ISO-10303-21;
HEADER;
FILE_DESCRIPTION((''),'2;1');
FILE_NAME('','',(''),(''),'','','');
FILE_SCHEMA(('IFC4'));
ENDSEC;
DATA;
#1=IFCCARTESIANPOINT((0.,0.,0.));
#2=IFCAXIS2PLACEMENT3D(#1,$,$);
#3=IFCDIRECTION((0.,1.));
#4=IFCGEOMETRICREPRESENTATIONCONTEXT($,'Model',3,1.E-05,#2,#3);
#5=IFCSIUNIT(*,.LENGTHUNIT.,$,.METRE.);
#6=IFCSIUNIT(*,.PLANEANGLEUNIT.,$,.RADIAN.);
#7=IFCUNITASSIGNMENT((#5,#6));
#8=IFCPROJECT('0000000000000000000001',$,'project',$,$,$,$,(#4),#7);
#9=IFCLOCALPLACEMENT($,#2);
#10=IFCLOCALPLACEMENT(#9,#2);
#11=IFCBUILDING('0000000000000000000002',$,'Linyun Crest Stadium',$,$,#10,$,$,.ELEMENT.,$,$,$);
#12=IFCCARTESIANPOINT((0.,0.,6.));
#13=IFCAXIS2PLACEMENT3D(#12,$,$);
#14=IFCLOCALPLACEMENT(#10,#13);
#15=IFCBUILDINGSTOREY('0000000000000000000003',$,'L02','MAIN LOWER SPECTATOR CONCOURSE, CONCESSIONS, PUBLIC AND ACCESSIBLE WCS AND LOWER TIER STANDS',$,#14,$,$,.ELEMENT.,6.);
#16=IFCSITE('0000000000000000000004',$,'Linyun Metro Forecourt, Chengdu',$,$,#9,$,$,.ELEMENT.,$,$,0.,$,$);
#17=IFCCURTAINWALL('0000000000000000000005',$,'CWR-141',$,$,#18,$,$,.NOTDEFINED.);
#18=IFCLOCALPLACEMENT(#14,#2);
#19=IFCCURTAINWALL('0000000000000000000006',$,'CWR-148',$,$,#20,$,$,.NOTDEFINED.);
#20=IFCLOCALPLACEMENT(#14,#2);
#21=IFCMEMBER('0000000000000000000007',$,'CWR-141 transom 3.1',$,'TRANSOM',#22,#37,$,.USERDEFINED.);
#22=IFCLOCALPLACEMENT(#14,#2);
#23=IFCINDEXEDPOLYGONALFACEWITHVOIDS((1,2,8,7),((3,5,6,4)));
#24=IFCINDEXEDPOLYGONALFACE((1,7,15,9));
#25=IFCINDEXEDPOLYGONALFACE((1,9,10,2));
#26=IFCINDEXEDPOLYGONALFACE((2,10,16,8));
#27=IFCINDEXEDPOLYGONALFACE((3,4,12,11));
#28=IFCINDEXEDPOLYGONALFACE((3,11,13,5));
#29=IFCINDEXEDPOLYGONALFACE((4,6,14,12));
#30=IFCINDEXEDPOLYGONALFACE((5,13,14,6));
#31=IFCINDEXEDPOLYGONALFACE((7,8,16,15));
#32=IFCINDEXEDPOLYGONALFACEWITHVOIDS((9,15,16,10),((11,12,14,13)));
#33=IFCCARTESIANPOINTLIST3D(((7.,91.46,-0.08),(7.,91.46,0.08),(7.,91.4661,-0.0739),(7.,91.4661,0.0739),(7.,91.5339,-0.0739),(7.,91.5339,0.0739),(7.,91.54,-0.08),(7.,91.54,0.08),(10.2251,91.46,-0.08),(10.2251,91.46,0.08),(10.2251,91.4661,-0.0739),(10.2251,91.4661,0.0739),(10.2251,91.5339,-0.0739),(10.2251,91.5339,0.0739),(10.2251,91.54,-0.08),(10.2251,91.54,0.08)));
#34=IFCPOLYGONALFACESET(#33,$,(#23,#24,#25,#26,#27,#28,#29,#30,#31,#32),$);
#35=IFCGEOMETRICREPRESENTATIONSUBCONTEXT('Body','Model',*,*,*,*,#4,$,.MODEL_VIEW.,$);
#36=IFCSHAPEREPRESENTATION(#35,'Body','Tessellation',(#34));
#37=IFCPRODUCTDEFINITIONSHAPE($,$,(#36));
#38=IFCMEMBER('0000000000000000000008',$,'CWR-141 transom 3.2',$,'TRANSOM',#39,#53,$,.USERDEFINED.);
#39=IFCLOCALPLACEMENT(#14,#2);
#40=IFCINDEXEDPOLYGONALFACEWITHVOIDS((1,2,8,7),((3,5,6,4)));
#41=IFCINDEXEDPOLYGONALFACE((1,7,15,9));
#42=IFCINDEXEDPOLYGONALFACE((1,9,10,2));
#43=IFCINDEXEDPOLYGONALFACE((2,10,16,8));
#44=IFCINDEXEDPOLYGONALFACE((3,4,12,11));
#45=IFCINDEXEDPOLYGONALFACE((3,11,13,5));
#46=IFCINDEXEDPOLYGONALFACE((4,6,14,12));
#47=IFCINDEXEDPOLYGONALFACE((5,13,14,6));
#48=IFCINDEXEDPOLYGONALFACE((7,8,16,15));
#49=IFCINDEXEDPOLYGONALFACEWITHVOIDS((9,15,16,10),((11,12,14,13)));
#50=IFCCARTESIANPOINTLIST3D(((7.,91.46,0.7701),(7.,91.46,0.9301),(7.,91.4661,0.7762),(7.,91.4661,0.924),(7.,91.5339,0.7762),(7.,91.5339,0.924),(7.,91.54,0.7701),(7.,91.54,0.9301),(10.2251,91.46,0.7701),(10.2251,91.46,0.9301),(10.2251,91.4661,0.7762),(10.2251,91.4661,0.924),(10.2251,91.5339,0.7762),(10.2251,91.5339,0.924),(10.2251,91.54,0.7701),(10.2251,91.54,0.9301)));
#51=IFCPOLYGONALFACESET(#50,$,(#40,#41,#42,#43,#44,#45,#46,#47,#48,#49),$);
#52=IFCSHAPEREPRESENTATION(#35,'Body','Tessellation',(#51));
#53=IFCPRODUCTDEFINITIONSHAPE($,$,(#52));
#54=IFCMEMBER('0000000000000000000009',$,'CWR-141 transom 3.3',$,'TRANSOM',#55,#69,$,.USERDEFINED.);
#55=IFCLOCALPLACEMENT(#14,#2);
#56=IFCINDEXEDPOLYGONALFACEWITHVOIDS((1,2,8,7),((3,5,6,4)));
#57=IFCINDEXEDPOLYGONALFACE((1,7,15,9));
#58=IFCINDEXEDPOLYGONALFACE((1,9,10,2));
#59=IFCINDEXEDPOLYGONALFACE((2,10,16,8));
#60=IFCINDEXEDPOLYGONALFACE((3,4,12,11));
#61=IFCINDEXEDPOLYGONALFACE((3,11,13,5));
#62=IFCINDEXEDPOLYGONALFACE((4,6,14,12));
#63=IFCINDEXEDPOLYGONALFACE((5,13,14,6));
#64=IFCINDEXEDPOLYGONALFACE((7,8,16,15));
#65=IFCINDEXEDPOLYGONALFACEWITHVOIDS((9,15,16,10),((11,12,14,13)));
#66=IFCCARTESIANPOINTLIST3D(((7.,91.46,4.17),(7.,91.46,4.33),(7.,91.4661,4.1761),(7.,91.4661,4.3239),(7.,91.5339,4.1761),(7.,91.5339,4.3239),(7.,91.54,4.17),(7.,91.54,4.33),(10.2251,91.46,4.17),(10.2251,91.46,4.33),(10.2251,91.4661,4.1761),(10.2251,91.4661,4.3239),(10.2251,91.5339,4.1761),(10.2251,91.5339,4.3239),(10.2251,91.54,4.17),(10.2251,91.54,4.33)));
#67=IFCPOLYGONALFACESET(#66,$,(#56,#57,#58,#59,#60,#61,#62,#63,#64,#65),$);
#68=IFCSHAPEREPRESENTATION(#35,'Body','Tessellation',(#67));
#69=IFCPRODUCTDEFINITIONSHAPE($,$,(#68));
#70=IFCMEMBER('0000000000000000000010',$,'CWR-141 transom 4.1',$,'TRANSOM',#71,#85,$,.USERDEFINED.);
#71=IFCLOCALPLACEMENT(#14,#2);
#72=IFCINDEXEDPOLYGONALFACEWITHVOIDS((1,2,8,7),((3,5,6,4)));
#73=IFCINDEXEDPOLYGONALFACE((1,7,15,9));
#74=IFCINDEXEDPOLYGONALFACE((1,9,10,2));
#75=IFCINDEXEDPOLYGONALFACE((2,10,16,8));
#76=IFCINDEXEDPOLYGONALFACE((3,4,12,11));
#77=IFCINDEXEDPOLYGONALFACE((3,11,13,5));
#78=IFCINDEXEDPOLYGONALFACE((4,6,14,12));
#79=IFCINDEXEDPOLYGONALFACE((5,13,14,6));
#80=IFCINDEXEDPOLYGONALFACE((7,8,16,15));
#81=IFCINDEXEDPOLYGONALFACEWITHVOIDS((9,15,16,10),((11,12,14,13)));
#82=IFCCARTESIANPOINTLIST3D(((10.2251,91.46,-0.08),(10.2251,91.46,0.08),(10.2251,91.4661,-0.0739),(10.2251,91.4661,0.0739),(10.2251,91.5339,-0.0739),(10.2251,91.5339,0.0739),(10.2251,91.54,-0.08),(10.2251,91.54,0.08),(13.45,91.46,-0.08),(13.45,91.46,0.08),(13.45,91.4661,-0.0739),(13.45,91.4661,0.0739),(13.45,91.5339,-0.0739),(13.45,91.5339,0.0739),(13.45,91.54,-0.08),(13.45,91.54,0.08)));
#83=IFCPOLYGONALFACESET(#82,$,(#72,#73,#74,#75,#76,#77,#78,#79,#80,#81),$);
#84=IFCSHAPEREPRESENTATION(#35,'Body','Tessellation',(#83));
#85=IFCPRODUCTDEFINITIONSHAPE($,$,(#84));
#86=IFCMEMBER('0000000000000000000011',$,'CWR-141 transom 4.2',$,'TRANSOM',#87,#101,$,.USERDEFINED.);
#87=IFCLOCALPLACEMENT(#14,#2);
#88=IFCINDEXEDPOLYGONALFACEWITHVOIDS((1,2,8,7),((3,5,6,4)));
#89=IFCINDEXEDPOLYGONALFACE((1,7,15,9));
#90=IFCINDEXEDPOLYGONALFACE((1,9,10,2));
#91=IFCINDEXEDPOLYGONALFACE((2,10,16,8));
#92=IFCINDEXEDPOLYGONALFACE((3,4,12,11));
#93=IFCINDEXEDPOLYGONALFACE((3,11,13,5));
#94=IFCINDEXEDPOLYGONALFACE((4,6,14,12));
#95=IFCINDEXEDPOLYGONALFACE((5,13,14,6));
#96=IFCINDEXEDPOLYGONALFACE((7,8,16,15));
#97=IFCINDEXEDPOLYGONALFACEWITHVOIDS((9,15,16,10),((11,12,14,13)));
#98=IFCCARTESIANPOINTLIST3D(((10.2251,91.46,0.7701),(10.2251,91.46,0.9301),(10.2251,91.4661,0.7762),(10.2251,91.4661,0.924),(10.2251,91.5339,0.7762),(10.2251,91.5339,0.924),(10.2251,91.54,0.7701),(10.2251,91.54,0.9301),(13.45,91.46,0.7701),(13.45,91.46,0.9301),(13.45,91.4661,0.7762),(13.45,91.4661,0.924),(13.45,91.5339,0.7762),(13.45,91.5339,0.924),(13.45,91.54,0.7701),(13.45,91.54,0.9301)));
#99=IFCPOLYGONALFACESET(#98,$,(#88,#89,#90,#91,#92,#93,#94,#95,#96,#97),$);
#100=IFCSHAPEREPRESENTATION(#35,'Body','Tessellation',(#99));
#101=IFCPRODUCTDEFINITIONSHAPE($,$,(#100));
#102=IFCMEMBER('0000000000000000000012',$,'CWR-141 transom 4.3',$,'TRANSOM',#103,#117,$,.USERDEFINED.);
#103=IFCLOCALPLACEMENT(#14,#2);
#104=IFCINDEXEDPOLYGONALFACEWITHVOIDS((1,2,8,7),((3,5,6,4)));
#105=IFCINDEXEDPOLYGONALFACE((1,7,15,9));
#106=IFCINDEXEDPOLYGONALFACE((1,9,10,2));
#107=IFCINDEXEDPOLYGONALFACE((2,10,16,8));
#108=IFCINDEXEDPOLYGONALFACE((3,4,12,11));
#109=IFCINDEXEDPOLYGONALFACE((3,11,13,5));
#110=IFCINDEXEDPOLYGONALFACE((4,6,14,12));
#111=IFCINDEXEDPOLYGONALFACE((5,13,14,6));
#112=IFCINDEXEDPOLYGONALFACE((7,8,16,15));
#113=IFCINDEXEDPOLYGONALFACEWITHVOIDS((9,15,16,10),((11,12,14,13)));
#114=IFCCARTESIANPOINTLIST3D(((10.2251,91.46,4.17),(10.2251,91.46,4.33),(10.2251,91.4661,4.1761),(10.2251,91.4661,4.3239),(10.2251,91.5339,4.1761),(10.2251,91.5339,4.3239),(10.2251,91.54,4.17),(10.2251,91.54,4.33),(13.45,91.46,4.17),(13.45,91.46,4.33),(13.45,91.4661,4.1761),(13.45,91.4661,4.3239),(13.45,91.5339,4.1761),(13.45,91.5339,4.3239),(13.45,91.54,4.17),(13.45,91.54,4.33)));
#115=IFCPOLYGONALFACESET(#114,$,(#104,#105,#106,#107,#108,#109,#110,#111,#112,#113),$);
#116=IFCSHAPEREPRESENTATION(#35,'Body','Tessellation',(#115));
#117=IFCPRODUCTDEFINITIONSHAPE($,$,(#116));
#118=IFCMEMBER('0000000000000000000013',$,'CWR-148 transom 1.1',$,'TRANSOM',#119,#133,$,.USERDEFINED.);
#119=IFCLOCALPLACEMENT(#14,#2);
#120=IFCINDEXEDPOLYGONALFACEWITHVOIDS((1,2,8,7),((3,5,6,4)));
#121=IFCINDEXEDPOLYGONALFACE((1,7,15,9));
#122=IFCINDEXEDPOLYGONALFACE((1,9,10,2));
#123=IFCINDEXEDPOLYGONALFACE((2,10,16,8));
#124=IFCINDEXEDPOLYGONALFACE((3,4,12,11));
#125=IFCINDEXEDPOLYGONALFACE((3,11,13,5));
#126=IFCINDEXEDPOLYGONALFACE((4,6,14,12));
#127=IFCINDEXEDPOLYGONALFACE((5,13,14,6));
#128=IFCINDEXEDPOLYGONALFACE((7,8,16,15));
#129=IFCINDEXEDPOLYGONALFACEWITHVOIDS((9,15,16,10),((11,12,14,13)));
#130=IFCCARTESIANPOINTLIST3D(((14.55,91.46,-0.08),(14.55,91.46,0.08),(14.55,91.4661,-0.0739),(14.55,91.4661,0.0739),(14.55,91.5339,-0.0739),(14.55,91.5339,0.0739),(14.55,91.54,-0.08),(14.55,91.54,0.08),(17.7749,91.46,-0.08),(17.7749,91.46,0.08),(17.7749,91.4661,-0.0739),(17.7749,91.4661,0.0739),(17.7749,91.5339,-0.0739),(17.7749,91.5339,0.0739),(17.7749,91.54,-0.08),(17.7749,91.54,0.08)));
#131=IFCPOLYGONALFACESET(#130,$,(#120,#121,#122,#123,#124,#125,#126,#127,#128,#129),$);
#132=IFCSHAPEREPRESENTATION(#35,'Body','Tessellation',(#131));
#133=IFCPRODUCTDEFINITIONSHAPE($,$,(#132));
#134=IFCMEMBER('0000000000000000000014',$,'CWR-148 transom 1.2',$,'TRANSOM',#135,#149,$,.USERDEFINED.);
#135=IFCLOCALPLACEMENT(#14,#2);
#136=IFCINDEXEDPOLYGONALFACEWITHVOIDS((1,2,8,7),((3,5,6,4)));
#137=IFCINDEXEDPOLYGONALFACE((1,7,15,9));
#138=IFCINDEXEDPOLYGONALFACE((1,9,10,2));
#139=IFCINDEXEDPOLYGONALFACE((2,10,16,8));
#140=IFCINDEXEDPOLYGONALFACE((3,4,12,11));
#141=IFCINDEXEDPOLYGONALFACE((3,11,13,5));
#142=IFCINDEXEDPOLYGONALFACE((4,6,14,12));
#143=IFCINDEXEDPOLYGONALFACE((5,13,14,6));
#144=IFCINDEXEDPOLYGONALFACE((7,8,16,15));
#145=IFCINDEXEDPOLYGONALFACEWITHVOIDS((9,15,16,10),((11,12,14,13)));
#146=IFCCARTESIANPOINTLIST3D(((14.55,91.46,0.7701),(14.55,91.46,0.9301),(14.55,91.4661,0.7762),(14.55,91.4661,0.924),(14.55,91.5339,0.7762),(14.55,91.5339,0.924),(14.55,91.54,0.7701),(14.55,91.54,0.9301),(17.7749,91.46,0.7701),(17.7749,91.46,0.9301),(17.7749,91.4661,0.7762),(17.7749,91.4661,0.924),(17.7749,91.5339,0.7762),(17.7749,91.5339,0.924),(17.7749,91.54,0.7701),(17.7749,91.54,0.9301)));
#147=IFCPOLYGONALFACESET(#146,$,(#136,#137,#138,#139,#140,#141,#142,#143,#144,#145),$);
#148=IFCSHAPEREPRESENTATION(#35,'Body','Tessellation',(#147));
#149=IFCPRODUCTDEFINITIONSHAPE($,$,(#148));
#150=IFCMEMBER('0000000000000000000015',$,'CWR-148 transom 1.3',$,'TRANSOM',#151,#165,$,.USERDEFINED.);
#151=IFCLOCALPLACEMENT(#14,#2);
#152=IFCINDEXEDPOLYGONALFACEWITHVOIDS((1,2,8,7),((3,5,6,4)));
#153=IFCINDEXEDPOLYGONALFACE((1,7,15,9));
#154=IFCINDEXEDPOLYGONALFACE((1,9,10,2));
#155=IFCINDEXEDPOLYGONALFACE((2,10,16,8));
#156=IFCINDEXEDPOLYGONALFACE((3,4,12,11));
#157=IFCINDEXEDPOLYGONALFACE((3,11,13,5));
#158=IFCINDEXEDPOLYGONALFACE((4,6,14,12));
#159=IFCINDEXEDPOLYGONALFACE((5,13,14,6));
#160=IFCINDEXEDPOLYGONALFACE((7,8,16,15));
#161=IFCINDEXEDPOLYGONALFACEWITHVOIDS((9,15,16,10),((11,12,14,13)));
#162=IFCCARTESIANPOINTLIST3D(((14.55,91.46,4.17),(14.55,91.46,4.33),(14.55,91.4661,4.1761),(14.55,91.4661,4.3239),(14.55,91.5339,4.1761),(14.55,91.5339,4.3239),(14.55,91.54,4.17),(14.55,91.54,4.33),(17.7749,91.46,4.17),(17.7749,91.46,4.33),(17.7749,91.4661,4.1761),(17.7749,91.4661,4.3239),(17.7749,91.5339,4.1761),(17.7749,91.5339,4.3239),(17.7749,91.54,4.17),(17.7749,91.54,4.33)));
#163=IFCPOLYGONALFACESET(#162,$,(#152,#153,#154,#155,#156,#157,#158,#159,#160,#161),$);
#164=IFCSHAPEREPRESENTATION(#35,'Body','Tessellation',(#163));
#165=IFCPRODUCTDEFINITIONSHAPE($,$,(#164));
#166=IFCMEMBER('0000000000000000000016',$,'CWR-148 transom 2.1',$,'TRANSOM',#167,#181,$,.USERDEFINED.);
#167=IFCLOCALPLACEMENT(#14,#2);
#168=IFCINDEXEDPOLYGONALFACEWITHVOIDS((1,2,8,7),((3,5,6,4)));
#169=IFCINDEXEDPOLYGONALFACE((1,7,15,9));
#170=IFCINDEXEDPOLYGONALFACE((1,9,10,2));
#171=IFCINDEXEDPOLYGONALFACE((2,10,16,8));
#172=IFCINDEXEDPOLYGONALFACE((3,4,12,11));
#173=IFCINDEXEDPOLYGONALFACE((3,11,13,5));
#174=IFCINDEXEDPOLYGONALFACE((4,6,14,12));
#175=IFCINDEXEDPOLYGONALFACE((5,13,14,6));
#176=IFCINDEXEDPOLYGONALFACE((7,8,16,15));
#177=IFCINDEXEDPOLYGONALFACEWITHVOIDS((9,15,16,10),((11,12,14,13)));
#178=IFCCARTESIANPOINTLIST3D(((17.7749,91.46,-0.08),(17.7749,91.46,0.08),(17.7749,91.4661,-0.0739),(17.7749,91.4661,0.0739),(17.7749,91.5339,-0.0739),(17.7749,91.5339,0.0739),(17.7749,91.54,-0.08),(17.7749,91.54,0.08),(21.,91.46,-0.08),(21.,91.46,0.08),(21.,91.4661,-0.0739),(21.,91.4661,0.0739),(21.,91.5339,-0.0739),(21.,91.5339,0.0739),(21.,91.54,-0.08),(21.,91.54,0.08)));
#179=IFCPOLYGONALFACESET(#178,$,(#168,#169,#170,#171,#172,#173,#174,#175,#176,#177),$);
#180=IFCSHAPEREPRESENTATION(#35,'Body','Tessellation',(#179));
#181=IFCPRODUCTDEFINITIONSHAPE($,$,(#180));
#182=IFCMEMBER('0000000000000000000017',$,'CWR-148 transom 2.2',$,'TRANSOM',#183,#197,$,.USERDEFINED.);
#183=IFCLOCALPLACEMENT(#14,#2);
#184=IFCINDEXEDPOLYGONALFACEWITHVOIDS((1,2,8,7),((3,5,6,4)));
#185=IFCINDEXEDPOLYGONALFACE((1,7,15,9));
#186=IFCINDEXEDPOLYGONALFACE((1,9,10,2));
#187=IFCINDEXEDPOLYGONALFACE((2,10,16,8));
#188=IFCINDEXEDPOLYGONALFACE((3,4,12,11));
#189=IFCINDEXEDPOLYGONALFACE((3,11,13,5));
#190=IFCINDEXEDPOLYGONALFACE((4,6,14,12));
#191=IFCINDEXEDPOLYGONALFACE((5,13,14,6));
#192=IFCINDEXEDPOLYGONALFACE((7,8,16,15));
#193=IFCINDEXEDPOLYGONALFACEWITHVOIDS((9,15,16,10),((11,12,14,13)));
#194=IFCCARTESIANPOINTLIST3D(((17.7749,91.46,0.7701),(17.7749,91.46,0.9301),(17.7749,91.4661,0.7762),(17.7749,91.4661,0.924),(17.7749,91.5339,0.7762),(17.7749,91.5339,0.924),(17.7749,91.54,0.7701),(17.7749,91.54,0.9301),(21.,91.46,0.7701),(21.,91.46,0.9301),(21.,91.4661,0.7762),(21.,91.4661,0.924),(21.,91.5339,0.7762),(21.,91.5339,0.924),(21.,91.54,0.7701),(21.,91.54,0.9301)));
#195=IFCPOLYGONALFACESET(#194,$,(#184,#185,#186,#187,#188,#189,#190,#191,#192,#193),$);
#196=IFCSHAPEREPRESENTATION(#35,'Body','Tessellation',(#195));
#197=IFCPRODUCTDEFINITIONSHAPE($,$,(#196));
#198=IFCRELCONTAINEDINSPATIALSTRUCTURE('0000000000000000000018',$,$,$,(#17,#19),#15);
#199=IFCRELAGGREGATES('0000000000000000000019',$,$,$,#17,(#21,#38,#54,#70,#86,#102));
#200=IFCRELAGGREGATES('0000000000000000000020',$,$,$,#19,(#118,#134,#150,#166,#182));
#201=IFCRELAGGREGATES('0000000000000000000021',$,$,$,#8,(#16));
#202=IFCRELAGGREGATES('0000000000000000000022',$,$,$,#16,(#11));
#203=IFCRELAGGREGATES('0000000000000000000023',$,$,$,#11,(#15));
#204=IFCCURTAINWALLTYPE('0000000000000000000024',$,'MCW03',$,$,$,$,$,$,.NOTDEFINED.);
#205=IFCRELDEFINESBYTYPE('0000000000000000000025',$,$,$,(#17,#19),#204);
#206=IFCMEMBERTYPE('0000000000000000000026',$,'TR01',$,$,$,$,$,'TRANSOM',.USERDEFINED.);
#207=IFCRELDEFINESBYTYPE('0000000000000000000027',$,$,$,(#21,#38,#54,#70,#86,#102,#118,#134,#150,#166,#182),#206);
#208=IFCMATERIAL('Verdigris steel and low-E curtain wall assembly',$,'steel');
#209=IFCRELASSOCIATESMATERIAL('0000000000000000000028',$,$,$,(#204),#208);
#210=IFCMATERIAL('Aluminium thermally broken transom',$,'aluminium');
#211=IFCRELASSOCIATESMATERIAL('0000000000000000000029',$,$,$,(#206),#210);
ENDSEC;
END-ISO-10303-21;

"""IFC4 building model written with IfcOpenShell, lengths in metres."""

from ifc_helpers import new_model, si_unit, direction, frame, origin, origin_2d, place, context, subcontext, project, spatial, hollow_rectangle, extrude, material, material_profile, profile_set, type_object, element, aggregate, save


model = new_model("IFC4")

# Units and contexts
model_context = context("Model", 3, precision=1e-05, world=origin(), true_north=direction((0.0, 1.0)))
body_context = subcontext(model_context, "Body", "Model", "MODEL_VIEW")
ifc_project = project(units=[si_unit("LENGTHUNIT", "METRE"), si_unit("PLANEANGLEUNIT", "RADIAN")], contexts=[model_context])

# Site, building, storey
site_placement = place(None, origin())
site = spatial("IfcSite", under=ifc_project, at=site_placement, Name="Linyun Metro Forecourt, Chengdu", CompositionType="ELEMENT", RefElevation=0.0)
building_placement = place(site_placement, origin())
building = spatial("IfcBuilding", under=site, at=building_placement, Name="Linyun Crest Stadium", CompositionType="ELEMENT")
storey_placement = place(building_placement, frame((0.0, 0.0, 6.0)))
storey = spatial("IfcBuildingStorey", under=building, at=storey_placement, Name="L02", Description="MAIN LOWER SPECTATOR CONCOURSE, CONCESSIONS, PUBLIC AND ACCESSIBLE WCS AND LOWER TIER STANDS", CompositionType="ELEMENT", Elevation=6.0)

# Curtain walls
ifc_material_1 = material(Name="Verdigris steel and low-E curtain wall assembly", Category="steel")
curtain_wall_type = type_object("IfcCurtainWallType", Name="MCW03", PredefinedType="NOTDEFINED", material=ifc_material_1)
curtain_wall_1_placement = place(storey_placement, origin())
curtain_wall_1 = element("IfcCurtainWall", 1, at=curtain_wall_1_placement, inside=storey, type_object=curtain_wall_type, Name="CWR-141", PredefinedType="NOTDEFINED")
curtain_wall_2_placement = place(storey_placement, origin())
curtain_wall_2 = element("IfcCurtainWall", 2, at=curtain_wall_2_placement, inside=storey, type_object=curtain_wall_type, Name="CWR-148", PredefinedType="NOTDEFINED")

# Members
ifc_material_2 = material(Name="Aluminium thermally broken transom", Category="aluminium")
ifc_material_profile_1 = material_profile(ifc_material_2, hollow_rectangle(XDim=0.0801, YDim=0.1599, WallThickness=0.0061, at=origin_2d()), Name="RHS 160x80x6")
ifc_profile_set_1 = profile_set([ifc_material_profile_1], Name="Aluminium thermally broken transom")
member_type_1 = type_object("IfcMemberType", Name="TR01", ElementType="TRANSOM", PredefinedType="USERDEFINED", material=ifc_profile_set_1)
member_1_placement = place(storey_placement, frame((7.0, 91.5, 0.0), z_axis=(1.0, 0.0, 0.0), x_axis=(0.0, 1.0, 0.0)))
member_1 = element("IfcMember", 3, at=member_1_placement, type_object=member_type_1, Name="CWR-141 transom 3.1", ObjectType="TRANSOM", PredefinedType="USERDEFINED", context=body_context, shape_type="SweptSolid", body=[
    extrude(hollow_rectangle(XDim=0.0801, YDim=0.1599, WallThickness=0.0061, at=origin_2d()), origin(), (0.0, 0.0, 1.0), 3.2251),
])
member_2_placement = place(storey_placement, frame((7.0, 91.5, 0.8501), z_axis=(1.0, 0.0, 0.0), x_axis=(0.0, 1.0, 0.0)))
member_2 = element("IfcMember", 4, at=member_2_placement, type_object=member_type_1, Name="CWR-141 transom 3.2", ObjectType="TRANSOM", PredefinedType="USERDEFINED", context=body_context, shape_type="SweptSolid", body=[
    extrude(hollow_rectangle(XDim=0.0801, YDim=0.1599, WallThickness=0.0061, at=origin_2d()), origin(), (0.0, 0.0, 1.0), 3.2251),
])
member_3_placement = place(storey_placement, frame((7.0, 91.5, 4.25), z_axis=(1.0, 0.0, 0.0), x_axis=(0.0, 1.0, 0.0)))
member_3 = element("IfcMember", 5, at=member_3_placement, type_object=member_type_1, Name="CWR-141 transom 3.3", ObjectType="TRANSOM", PredefinedType="USERDEFINED", context=body_context, shape_type="SweptSolid", body=[
    extrude(hollow_rectangle(XDim=0.0801, YDim=0.1599, WallThickness=0.0061, at=origin_2d()), origin(), (0.0, 0.0, 1.0), 3.2251),
])
member_4_placement = place(storey_placement, frame((10.2251, 91.5, 0.0), z_axis=(1.0, 0.0, 0.0), x_axis=(0.0, 1.0, 0.0)))
member_4 = element("IfcMember", 6, at=member_4_placement, type_object=member_type_1, Name="CWR-141 transom 4.1", ObjectType="TRANSOM", PredefinedType="USERDEFINED", context=body_context, shape_type="SweptSolid", body=[
    extrude(hollow_rectangle(XDim=0.0801, YDim=0.1599, WallThickness=0.0061, at=origin_2d()), origin(), (0.0, 0.0, 1.0), 3.2249),
])
member_5_placement = place(storey_placement, frame((10.2251, 91.5, 0.8501), z_axis=(1.0, 0.0, 0.0), x_axis=(0.0, 1.0, 0.0)))
member_5 = element("IfcMember", 7, at=member_5_placement, type_object=member_type_1, Name="CWR-141 transom 4.2", ObjectType="TRANSOM", PredefinedType="USERDEFINED", context=body_context, shape_type="SweptSolid", body=[
    extrude(hollow_rectangle(XDim=0.0801, YDim=0.1599, WallThickness=0.0061, at=origin_2d()), origin(), (0.0, 0.0, 1.0), 3.2249),
])
member_6_placement = place(storey_placement, frame((10.2251, 91.5, 4.25), z_axis=(1.0, 0.0, 0.0), x_axis=(0.0, 1.0, 0.0)))
member_6 = element("IfcMember", 8, at=member_6_placement, type_object=member_type_1, Name="CWR-141 transom 4.3", ObjectType="TRANSOM", PredefinedType="USERDEFINED", context=body_context, shape_type="SweptSolid", body=[
    extrude(hollow_rectangle(XDim=0.0801, YDim=0.1599, WallThickness=0.0061, at=origin_2d()), origin(), (0.0, 0.0, 1.0), 3.2249),
])
member_7_placement = place(storey_placement, frame((14.55, 91.5, 0.0), z_axis=(1.0, 0.0, 0.0), x_axis=(0.0, 1.0, 0.0)))
member_7 = element("IfcMember", 9, at=member_7_placement, type_object=member_type_1, Name="CWR-148 transom 1.1", ObjectType="TRANSOM", PredefinedType="USERDEFINED", context=body_context, shape_type="SweptSolid", body=[
    extrude(hollow_rectangle(XDim=0.0801, YDim=0.1599, WallThickness=0.0061, at=origin_2d()), origin(), (0.0, 0.0, 1.0), 3.2249),
])
member_8_placement = place(storey_placement, frame((14.55, 91.5, 0.8501), z_axis=(1.0, 0.0, 0.0), x_axis=(0.0, 1.0, 0.0)))
member_8 = element("IfcMember", 10, at=member_8_placement, type_object=member_type_1, Name="CWR-148 transom 1.2", ObjectType="TRANSOM", PredefinedType="USERDEFINED", context=body_context, shape_type="SweptSolid", body=[
    extrude(hollow_rectangle(XDim=0.0801, YDim=0.1599, WallThickness=0.0061, at=origin_2d()), origin(), (0.0, 0.0, 1.0), 3.2249),
])
member_9_placement = place(storey_placement, frame((14.55, 91.5, 4.25), z_axis=(1.0, 0.0, 0.0), x_axis=(0.0, 1.0, 0.0)))
member_9 = element("IfcMember", 11, at=member_9_placement, type_object=member_type_1, Name="CWR-148 transom 1.3", ObjectType="TRANSOM", PredefinedType="USERDEFINED", context=body_context, shape_type="SweptSolid", body=[
    extrude(hollow_rectangle(XDim=0.0801, YDim=0.1599, WallThickness=0.0061, at=origin_2d()), origin(), (0.0, 0.0, 1.0), 3.2249),
])
member_10_placement = place(storey_placement, frame((17.7749, 91.5, 0.0), z_axis=(1.0, 0.0, 0.0), x_axis=(0.0, 1.0, 0.0)))
member_10 = element("IfcMember", 12, at=member_10_placement, type_object=member_type_1, Name="CWR-148 transom 2.1", ObjectType="TRANSOM", PredefinedType="USERDEFINED", context=body_context, shape_type="SweptSolid", body=[
    extrude(hollow_rectangle(XDim=0.0801, YDim=0.1599, WallThickness=0.0061, at=origin_2d()), origin(), (0.0, 0.0, 1.0), 3.2251),
])
member_11_placement = place(storey_placement, frame((17.7749, 91.5, 0.8501), z_axis=(1.0, 0.0, 0.0), x_axis=(0.0, 1.0, 0.0)))
member_11 = element("IfcMember", 13, at=member_11_placement, type_object=member_type_1, Name="CWR-148 transom 2.2", ObjectType="TRANSOM", PredefinedType="USERDEFINED", context=body_context, shape_type="SweptSolid", body=[
    extrude(hollow_rectangle(XDim=0.0801, YDim=0.1599, WallThickness=0.0061, at=origin_2d()), origin(), (0.0, 0.0, 1.0), 3.2251),
])

aggregate(curtain_wall_1, [member_1, member_2, member_3, member_4, member_5, member_6])
aggregate(curtain_wall_2, [member_7, member_8, member_9, member_10, member_11])

save(model, "model.ifc")
